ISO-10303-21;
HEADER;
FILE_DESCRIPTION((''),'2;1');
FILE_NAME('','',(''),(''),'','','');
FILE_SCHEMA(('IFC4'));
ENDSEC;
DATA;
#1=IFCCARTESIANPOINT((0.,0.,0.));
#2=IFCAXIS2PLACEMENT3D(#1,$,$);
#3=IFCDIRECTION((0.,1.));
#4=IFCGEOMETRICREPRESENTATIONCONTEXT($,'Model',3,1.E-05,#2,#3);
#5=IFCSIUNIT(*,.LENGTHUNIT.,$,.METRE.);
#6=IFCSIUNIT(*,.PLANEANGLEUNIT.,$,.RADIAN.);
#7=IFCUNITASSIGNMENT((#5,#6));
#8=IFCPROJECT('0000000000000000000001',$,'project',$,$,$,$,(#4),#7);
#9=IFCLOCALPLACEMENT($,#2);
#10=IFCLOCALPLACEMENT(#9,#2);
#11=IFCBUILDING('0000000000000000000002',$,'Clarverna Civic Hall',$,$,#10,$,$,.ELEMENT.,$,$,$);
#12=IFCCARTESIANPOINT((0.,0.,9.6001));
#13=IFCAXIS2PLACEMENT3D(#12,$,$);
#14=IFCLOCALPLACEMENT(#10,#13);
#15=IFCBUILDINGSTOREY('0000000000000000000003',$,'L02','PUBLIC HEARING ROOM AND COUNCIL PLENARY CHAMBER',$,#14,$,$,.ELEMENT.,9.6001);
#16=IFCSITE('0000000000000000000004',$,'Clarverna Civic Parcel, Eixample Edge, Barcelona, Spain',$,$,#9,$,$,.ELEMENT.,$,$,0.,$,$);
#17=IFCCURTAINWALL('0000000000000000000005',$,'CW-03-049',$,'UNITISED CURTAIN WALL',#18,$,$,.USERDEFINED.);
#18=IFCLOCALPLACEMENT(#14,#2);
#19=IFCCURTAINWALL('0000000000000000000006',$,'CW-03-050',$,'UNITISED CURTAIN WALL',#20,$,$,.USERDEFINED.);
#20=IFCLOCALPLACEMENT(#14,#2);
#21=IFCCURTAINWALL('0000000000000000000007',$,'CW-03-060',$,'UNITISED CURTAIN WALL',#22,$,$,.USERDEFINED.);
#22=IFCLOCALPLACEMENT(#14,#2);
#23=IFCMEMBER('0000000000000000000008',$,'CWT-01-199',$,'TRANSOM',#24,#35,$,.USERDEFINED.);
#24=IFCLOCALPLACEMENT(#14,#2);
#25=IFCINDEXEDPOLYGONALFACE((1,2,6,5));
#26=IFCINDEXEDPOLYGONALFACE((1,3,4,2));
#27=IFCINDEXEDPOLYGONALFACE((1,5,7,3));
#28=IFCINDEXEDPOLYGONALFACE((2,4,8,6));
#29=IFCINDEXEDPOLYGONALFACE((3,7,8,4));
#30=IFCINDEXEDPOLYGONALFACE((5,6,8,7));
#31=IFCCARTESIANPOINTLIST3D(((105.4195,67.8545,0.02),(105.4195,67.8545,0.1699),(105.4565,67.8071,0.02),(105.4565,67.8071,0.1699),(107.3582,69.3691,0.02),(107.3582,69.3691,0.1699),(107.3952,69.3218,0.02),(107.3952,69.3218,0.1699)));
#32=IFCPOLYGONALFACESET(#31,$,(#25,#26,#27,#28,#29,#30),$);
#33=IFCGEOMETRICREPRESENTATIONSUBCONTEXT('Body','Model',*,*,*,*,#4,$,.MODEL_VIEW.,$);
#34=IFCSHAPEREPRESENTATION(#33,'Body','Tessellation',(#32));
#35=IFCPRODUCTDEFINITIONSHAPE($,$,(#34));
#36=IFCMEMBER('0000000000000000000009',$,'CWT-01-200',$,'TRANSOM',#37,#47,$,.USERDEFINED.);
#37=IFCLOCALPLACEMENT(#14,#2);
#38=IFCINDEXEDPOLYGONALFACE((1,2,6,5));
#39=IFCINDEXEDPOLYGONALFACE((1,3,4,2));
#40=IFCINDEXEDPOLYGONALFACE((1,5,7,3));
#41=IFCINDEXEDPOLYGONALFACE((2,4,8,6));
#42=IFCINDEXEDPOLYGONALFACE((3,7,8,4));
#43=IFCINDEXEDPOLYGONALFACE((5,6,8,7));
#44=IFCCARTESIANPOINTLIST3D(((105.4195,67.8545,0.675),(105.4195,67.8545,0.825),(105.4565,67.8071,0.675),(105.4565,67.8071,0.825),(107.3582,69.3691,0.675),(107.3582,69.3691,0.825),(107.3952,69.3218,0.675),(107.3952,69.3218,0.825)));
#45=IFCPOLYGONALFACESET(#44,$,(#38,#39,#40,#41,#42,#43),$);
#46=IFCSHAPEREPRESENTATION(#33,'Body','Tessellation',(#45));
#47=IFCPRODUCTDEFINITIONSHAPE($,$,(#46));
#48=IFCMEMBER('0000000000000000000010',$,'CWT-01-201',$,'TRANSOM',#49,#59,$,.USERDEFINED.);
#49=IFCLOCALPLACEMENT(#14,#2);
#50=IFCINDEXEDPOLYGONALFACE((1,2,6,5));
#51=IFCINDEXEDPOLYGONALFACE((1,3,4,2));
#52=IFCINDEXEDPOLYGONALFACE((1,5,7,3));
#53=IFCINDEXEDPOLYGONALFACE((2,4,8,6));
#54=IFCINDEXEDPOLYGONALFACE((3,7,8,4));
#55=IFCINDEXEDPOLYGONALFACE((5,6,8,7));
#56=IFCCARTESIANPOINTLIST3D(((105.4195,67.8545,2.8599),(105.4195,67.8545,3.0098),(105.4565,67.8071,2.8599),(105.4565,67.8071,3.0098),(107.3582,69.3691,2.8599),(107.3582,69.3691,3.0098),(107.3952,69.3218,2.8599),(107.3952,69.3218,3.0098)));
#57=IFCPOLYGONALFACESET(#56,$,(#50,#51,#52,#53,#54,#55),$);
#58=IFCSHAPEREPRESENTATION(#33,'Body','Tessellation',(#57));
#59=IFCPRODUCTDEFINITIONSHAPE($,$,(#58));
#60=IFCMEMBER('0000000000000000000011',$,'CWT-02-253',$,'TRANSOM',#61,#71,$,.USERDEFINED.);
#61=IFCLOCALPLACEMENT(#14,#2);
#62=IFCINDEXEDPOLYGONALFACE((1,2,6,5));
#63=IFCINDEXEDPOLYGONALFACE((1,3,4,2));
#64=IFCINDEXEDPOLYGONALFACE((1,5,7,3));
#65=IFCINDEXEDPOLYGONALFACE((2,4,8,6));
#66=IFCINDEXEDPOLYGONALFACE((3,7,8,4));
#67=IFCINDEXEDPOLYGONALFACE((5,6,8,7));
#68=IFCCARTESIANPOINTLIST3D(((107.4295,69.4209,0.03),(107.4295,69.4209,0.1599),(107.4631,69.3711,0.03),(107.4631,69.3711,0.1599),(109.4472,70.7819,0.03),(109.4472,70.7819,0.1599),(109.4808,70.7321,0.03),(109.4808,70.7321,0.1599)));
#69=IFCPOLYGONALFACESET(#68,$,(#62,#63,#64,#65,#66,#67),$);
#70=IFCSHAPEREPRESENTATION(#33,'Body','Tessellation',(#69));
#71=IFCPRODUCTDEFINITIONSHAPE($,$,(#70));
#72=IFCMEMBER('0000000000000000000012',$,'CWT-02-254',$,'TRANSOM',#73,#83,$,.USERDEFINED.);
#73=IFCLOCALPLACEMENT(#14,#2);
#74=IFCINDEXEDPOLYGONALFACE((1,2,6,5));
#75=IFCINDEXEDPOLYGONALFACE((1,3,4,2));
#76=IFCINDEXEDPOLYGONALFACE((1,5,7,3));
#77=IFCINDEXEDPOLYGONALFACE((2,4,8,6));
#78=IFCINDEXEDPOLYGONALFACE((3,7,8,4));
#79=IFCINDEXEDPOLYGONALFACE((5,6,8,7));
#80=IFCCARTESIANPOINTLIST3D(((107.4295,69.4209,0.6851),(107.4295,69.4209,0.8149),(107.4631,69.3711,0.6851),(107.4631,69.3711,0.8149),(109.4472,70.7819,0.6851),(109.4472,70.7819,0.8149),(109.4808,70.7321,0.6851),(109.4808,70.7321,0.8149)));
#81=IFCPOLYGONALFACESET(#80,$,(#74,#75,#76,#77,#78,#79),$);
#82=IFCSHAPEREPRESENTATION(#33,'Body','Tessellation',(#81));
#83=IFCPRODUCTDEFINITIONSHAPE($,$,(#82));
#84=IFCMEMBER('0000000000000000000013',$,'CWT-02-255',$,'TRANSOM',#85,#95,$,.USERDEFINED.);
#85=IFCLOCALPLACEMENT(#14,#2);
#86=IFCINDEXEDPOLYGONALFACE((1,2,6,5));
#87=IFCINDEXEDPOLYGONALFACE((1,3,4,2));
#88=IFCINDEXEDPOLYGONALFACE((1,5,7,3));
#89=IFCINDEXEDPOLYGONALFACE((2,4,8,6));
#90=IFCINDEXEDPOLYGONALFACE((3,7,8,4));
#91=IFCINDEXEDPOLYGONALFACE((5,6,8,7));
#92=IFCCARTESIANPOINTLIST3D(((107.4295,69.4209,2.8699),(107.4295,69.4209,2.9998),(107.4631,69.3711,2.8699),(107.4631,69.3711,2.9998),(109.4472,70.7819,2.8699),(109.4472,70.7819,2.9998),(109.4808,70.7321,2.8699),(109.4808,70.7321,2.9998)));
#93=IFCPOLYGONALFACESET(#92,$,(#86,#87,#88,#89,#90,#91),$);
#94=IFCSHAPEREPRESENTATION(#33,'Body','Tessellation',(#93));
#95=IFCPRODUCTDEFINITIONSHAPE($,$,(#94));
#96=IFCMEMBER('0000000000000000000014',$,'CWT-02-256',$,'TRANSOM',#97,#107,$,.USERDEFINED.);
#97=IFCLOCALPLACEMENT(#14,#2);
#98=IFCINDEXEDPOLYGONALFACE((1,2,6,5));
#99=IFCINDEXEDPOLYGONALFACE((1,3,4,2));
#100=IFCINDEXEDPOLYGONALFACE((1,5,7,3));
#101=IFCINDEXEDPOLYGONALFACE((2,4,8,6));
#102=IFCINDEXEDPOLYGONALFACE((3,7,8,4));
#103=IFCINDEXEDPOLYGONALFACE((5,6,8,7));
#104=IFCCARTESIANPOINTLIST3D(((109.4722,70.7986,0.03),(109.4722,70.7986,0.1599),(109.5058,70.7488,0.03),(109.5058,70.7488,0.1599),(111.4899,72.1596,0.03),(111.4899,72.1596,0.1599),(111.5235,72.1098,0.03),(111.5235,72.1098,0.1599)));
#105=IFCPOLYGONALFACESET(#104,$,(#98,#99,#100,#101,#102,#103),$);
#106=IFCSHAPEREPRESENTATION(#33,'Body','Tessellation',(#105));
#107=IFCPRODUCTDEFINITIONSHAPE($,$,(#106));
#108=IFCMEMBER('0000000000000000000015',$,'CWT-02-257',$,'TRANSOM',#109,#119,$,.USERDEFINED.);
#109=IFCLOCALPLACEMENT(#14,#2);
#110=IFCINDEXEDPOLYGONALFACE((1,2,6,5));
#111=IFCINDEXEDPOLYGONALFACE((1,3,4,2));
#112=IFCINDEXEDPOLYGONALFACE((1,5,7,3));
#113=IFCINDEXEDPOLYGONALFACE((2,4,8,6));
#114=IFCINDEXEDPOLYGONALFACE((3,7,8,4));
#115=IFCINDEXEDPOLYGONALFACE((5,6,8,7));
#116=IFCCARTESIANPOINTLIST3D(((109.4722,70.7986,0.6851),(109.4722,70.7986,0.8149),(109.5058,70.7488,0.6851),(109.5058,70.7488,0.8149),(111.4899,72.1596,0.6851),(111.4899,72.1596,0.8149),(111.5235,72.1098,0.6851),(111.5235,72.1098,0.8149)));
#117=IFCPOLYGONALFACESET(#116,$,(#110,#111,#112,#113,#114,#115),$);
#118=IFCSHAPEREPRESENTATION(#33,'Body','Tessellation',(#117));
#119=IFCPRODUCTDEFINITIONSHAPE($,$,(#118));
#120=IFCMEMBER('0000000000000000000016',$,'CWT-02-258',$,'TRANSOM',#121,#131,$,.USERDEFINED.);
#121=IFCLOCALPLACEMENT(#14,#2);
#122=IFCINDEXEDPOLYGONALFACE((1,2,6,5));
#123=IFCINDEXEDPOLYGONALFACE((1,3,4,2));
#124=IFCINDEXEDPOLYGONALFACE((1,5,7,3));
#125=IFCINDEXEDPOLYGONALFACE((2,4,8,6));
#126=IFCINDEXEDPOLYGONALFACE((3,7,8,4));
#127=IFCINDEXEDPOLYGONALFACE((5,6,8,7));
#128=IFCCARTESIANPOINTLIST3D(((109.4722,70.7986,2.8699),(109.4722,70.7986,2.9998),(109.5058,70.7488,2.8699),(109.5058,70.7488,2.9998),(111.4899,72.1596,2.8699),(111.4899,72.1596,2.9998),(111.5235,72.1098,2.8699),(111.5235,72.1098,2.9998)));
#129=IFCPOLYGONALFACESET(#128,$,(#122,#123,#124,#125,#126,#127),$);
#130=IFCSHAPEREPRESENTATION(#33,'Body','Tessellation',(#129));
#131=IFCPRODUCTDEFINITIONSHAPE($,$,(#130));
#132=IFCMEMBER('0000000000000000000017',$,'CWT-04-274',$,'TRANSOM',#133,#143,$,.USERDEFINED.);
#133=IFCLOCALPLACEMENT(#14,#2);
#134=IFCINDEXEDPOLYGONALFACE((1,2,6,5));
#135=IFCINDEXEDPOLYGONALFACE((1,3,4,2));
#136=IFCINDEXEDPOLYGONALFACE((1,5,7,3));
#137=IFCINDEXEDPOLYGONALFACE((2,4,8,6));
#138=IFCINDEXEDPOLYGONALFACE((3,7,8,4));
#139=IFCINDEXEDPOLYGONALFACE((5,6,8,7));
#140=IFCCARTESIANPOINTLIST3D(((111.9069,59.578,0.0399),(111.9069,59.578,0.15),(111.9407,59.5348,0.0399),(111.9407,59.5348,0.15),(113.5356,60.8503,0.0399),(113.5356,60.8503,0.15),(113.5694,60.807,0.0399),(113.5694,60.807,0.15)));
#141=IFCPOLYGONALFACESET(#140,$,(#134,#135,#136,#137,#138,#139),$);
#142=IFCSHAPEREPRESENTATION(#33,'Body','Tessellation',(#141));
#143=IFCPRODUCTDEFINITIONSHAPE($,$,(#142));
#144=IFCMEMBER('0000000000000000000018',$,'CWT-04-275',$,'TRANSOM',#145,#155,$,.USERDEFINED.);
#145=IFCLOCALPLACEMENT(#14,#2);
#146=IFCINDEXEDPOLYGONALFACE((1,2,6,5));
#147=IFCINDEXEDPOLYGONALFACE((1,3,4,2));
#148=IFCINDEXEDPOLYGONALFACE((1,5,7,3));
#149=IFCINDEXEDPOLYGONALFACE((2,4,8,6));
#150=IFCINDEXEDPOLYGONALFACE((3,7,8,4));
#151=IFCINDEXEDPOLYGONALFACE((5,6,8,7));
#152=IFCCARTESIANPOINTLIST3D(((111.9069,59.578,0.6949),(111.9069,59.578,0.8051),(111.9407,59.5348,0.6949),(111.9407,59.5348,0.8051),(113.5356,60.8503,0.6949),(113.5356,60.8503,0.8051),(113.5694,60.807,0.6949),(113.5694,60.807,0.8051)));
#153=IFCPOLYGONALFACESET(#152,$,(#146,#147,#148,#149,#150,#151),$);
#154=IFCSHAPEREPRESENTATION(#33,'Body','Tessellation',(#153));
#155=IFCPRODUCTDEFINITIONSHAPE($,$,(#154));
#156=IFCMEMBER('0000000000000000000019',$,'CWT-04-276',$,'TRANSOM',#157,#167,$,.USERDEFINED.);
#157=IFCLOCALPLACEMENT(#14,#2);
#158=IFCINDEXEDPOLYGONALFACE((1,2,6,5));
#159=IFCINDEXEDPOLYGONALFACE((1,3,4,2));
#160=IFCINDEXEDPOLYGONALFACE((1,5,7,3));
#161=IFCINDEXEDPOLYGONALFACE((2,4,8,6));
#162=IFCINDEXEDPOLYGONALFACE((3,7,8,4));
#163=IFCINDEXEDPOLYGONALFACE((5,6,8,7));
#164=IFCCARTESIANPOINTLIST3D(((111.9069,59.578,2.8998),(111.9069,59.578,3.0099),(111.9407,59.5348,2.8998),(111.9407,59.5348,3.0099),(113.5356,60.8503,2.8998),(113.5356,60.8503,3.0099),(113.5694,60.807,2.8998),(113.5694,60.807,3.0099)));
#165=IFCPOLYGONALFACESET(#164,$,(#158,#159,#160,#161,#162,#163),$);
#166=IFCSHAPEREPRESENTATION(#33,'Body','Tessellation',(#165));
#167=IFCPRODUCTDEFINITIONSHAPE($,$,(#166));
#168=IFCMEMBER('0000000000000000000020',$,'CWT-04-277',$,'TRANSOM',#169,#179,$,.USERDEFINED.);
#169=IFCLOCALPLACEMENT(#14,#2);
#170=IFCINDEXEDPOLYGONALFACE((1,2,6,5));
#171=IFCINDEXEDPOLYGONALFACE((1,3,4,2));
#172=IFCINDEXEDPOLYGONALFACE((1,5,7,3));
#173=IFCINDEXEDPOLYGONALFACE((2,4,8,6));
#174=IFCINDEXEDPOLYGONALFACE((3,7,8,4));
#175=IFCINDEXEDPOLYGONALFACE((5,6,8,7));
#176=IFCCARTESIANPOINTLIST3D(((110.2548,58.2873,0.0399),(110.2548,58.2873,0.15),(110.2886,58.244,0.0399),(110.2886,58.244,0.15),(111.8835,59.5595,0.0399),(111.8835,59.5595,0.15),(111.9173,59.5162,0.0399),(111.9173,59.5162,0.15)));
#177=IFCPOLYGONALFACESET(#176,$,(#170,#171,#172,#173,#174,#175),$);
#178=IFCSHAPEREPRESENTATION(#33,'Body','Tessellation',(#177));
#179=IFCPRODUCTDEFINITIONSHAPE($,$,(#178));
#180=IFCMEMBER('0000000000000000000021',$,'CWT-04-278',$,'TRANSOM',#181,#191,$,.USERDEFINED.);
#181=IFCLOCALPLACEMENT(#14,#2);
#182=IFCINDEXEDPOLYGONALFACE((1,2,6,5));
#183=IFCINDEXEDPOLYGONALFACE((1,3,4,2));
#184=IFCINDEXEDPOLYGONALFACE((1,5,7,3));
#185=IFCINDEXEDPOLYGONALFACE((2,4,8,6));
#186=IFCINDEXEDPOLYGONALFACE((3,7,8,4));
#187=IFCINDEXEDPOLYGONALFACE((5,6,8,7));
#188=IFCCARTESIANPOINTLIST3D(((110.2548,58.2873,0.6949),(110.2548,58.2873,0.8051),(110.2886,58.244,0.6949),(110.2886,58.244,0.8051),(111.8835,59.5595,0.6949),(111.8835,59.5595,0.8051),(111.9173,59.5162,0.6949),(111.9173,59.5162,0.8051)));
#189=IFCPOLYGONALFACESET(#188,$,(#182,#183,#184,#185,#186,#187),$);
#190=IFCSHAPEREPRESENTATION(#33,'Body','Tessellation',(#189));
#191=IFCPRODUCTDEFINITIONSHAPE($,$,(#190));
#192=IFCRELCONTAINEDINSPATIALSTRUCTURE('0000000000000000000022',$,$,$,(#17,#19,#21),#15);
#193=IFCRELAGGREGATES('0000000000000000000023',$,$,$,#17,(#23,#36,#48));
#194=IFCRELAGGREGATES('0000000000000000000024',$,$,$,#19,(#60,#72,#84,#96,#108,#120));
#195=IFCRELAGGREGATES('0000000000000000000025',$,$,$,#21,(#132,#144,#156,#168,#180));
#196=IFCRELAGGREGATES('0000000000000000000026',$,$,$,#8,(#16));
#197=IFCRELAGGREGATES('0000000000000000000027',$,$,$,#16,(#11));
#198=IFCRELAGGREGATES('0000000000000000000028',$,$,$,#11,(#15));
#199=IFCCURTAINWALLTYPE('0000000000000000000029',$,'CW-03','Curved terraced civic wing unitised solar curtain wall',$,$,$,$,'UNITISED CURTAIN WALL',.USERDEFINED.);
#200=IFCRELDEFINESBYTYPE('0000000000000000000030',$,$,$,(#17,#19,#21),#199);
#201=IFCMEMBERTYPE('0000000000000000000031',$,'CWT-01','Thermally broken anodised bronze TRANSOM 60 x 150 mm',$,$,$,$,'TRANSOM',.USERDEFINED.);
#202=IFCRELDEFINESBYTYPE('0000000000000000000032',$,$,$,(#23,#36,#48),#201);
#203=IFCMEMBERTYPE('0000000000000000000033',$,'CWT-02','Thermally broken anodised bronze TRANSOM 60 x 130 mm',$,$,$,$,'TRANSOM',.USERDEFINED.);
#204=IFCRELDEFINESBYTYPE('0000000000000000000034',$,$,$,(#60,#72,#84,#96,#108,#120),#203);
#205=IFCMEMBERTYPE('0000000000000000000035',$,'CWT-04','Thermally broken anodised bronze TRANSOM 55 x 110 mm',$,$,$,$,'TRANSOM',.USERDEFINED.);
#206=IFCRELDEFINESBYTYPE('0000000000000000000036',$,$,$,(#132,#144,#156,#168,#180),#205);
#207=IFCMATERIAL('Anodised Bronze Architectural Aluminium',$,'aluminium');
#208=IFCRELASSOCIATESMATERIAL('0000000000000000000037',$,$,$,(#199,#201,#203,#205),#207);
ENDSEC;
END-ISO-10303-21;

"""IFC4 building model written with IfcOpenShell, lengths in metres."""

from ifc_helpers import new_model, si_unit, direction, frame, origin, origin_2d, place, context, subcontext, project, spatial, rectangle, extrude, material, material_profile, profile_set, type_object, element, aggregate, save


model = new_model("IFC4")

# Units and contexts
model_context = context("Model", 3, precision=1e-05, world=origin(), true_north=direction((0.0, 1.0)))
body_context = subcontext(model_context, "Body", "Model", "MODEL_VIEW")
ifc_project = project(units=[si_unit("LENGTHUNIT", "METRE"), si_unit("PLANEANGLEUNIT", "RADIAN")], contexts=[model_context])

# Site, building, storey
site_placement = place(None, origin())
site = spatial("IfcSite", under=ifc_project, at=site_placement, Name="Clarverna Civic Parcel, Eixample Edge, Barcelona, Spain", CompositionType="ELEMENT", RefElevation=0.0)
building_placement = place(site_placement, origin())
building = spatial("IfcBuilding", under=site, at=building_placement, Name="Clarverna Civic Hall", CompositionType="ELEMENT")
storey_placement = place(building_placement, frame((0.0, 0.0, 9.6001)))
storey = spatial("IfcBuildingStorey", under=building, at=storey_placement, Name="L02", Description="PUBLIC HEARING ROOM AND COUNCIL PLENARY CHAMBER", CompositionType="ELEMENT", Elevation=9.6001)

# Curtain walls
ifc_material_1 = material(Name="Anodised Bronze Architectural Aluminium", Category="aluminium")
curtain_wall_type = type_object("IfcCurtainWallType", Name="CW-03", Description="Curved terraced civic wing unitised solar curtain wall", ElementType="UNITISED CURTAIN WALL", PredefinedType="USERDEFINED", material=ifc_material_1)
curtain_wall_1_placement = place(storey_placement, origin())
curtain_wall_1 = element("IfcCurtainWall", 1, at=curtain_wall_1_placement, inside=storey, type_object=curtain_wall_type, Name="CW-03-049", ObjectType="UNITISED CURTAIN WALL", PredefinedType="USERDEFINED")
curtain_wall_2_placement = place(storey_placement, origin())
curtain_wall_2 = element("IfcCurtainWall", 2, at=curtain_wall_2_placement, inside=storey, type_object=curtain_wall_type, Name="CW-03-050", ObjectType="UNITISED CURTAIN WALL", PredefinedType="USERDEFINED")

# Curtain wall
curtain_wall_3_placement = place(storey_placement, origin())
curtain_wall_3 = element("IfcCurtainWall", 3, at=curtain_wall_3_placement, inside=storey, type_object=curtain_wall_type, Name="CW-03-060", ObjectType="UNITISED CURTAIN WALL", PredefinedType="USERDEFINED")

# Members
ifc_material_profile_1 = material_profile(ifc_material_1, rectangle(XDim=0.0601, YDim=0.1499, at=origin_2d()), Name="BRONZE 60x150")
ifc_profile_set_1 = profile_set([ifc_material_profile_1], Name="Anodised Bronze Architectural Aluminium")
member_type_1 = type_object("IfcMemberType", Name="CWT-01", Description="Thermally broken anodised bronze TRANSOM 60 x 150 mm", ElementType="TRANSOM", PredefinedType="USERDEFINED", material=ifc_profile_set_1)
member_1_placement = place(storey_placement, frame((105.438, 67.8308, 0.095), z_axis=(0.78802, 0.61565, 0.0), x_axis=(-0.61565, 0.78802, 0.0)))
member_1 = element("IfcMember", 4, at=member_1_placement, type_object=member_type_1, Name="CWT-01-199", ObjectType="TRANSOM", PredefinedType="USERDEFINED", context=body_context, shape_type="SweptSolid", body=[
    extrude(rectangle(XDim=0.0601, YDim=0.1499, at=origin_2d()), origin(), (0.0, 0.0, 1.0), 2.4602),
])
member_2_placement = place(storey_placement, frame((105.438, 67.8308, 0.75), z_axis=(0.78802, 0.61565, 0.0), x_axis=(-0.61565, 0.78802, 0.0)))
member_2 = element("IfcMember", 5, at=member_2_placement, type_object=member_type_1, Name="CWT-01-200", ObjectType="TRANSOM", PredefinedType="USERDEFINED", context=body_context, shape_type="SweptSolid", body=[
    extrude(rectangle(XDim=0.0601, YDim=0.1499, at=origin_2d()), origin(), (0.0, 0.0, 1.0), 2.4602),
])
member_3_placement = place(storey_placement, frame((105.438, 67.8308, 2.9348), z_axis=(0.78802, 0.61565, 0.0), x_axis=(-0.61565, 0.78802, 0.0)))
member_3 = element("IfcMember", 6, at=member_3_placement, type_object=member_type_1, Name="CWT-01-201", ObjectType="TRANSOM", PredefinedType="USERDEFINED", context=body_context, shape_type="SweptSolid", body=[
    extrude(rectangle(XDim=0.0601, YDim=0.1499, at=origin_2d()), origin(), (0.0, 0.0, 1.0), 2.4602),
])
ifc_material_profile_2 = material_profile(ifc_material_1, rectangle(XDim=0.0601, YDim=0.1299, at=origin_2d()), Name="BRONZE 60x130")
ifc_profile_set_2 = profile_set([ifc_material_profile_2], Name="Anodised Bronze Architectural Aluminium")
member_type_2 = type_object("IfcMemberType", Name="CWT-02", Description="Thermally broken anodised bronze TRANSOM 60 x 130 mm", ElementType="TRANSOM", PredefinedType="USERDEFINED", material=ifc_profile_set_2)
member_4_placement = place(storey_placement, frame((107.4463, 69.396, 0.095), z_axis=(0.829029, 0.559206, 0.0), x_axis=(-0.559206, 0.829029, 0.0)))
member_4 = element("IfcMember", 7, at=member_4_placement, type_object=member_type_2, Name="CWT-02-253", ObjectType="TRANSOM", PredefinedType="USERDEFINED", context=body_context, shape_type="SweptSolid", body=[
    extrude(rectangle(XDim=0.0601, YDim=0.1299, at=origin_2d()), origin(), (0.0, 0.0, 1.0), 2.4338),
])
member_5_placement = place(storey_placement, frame((107.4463, 69.396, 0.75), z_axis=(0.829029, 0.559206, 0.0), x_axis=(-0.559206, 0.829029, 0.0)))
member_5 = element("IfcMember", 8, at=member_5_placement, type_object=member_type_2, Name="CWT-02-254", ObjectType="TRANSOM", PredefinedType="USERDEFINED", context=body_context, shape_type="SweptSolid", body=[
    extrude(rectangle(XDim=0.0601, YDim=0.1299, at=origin_2d()), origin(), (0.0, 0.0, 1.0), 2.4338),
])
member_6_placement = place(storey_placement, frame((107.4463, 69.396, 2.9348), z_axis=(0.829029, 0.559206, 0.0), x_axis=(-0.559206, 0.829029, 0.0)))
member_6 = element("IfcMember", 9, at=member_6_placement, type_object=member_type_2, Name="CWT-02-255", ObjectType="TRANSOM", PredefinedType="USERDEFINED", context=body_context, shape_type="SweptSolid", body=[
    extrude(rectangle(XDim=0.0601, YDim=0.1299, at=origin_2d()), origin(), (0.0, 0.0, 1.0), 2.4338),
])
member_7_placement = place(storey_placement, frame((109.489, 70.7737, 0.095), z_axis=(0.829029, 0.559206, 0.0), x_axis=(-0.559206, 0.829029, 0.0)))
member_7 = element("IfcMember", 10, at=member_7_placement, type_object=member_type_2, Name="CWT-02-256", ObjectType="TRANSOM", PredefinedType="USERDEFINED", context=body_context, shape_type="SweptSolid", body=[
    extrude(rectangle(XDim=0.0601, YDim=0.1299, at=origin_2d()), origin(), (0.0, 0.0, 1.0), 2.4338),
])
member_8_placement = place(storey_placement, frame((109.489, 70.7737, 0.75), z_axis=(0.829029, 0.559206, 0.0), x_axis=(-0.559206, 0.829029, 0.0)))
member_8 = element("IfcMember", 11, at=member_8_placement, type_object=member_type_2, Name="CWT-02-257", ObjectType="TRANSOM", PredefinedType="USERDEFINED", context=body_context, shape_type="SweptSolid", body=[
    extrude(rectangle(XDim=0.0601, YDim=0.1299, at=origin_2d()), origin(), (0.0, 0.0, 1.0), 2.4338),
])
member_9_placement = place(storey_placement, frame((109.489, 70.7737, 2.9348), z_axis=(0.829029, 0.559206, 0.0), x_axis=(-0.559206, 0.829029, 0.0)))
member_9 = element("IfcMember", 12, at=member_9_placement, type_object=member_type_2, Name="CWT-02-258", ObjectType="TRANSOM", PredefinedType="USERDEFINED", context=body_context, shape_type="SweptSolid", body=[
    extrude(rectangle(XDim=0.0601, YDim=0.1299, at=origin_2d()), origin(), (0.0, 0.0, 1.0), 2.4338),
])
ifc_material_profile_3 = material_profile(ifc_material_1, rectangle(XDim=0.0549, YDim=0.1101, at=origin_2d()), Name="BRONZE 55x110")
ifc_profile_set_3 = profile_set([ifc_material_profile_3], Name="Anodised Bronze Architectural Aluminium")
member_type_3 = type_object("IfcMemberType", Name="CWT-04", Description="Thermally broken anodised bronze TRANSOM 55 x 110 mm", ElementType="TRANSOM", PredefinedType="USERDEFINED", material=ifc_profile_set_3)
member_10_placement = place(storey_placement, frame((113.5525, 60.8286, 0.095), z_axis=(-0.788066, -0.615591, 0.0), x_axis=(0.615591, -0.788066, 0.0)))
member_10 = element("IfcMember", 13, at=member_10_placement, type_object=member_type_3, Name="CWT-04-274", ObjectType="TRANSOM", PredefinedType="USERDEFINED", context=body_context, shape_type="SweptSolid", body=[
    extrude(rectangle(XDim=0.0549, YDim=0.1101, at=origin_2d()), origin(), (0.0, 0.0, 1.0), 2.0667),
])
member_11_placement = place(storey_placement, frame((113.5525, 60.8286, 0.75), z_axis=(-0.788066, -0.615591, 0.0), x_axis=(0.615591, -0.788066, 0.0)))
member_11 = element("IfcMember", 14, at=member_11_placement, type_object=member_type_3, Name="CWT-04-275", ObjectType="TRANSOM", PredefinedType="USERDEFINED", context=body_context, shape_type="SweptSolid", body=[
    extrude(rectangle(XDim=0.0549, YDim=0.1101, at=origin_2d()), origin(), (0.0, 0.0, 1.0), 2.0667),
])
member_12_placement = place(storey_placement, frame((113.5525, 60.8286, 2.9548), z_axis=(-0.788066, -0.615591, 0.0), x_axis=(0.615591, -0.788066, 0.0)))
member_12 = element("IfcMember", 15, at=member_12_placement, type_object=member_type_3, Name="CWT-04-276", ObjectType="TRANSOM", PredefinedType="USERDEFINED", context=body_context, shape_type="SweptSolid", body=[
    extrude(rectangle(XDim=0.0549, YDim=0.1101, at=origin_2d()), origin(), (0.0, 0.0, 1.0), 2.0667),
])
member_13_placement = place(storey_placement, frame((111.9004, 59.5378, 0.095), z_axis=(-0.788066, -0.615591, 0.0), x_axis=(0.615591, -0.788066, 0.0)))
member_13 = element("IfcMember", 16, at=member_13_placement, type_object=member_type_3, Name="CWT-04-277", ObjectType="TRANSOM", PredefinedType="USERDEFINED", context=body_context, shape_type="SweptSolid", body=[
    extrude(rectangle(XDim=0.0549, YDim=0.1101, at=origin_2d()), origin(), (0.0, 0.0, 1.0), 2.0667),
])
member_14_placement = place(storey_placement, frame((111.9004, 59.5378, 0.75), z_axis=(-0.788066, -0.615591, 0.0), x_axis=(0.615591, -0.788066, 0.0)))
member_14 = element("IfcMember", 17, at=member_14_placement, type_object=member_type_3, Name="CWT-04-278", ObjectType="TRANSOM", PredefinedType="USERDEFINED", context=body_context, shape_type="SweptSolid", body=[
    extrude(rectangle(XDim=0.0549, YDim=0.1101, at=origin_2d()), origin(), (0.0, 0.0, 1.0), 2.0667),
])

aggregate(curtain_wall_1, [member_1, member_2, member_3])
aggregate(curtain_wall_2, [member_4, member_5, member_6, member_7, member_8, member_9])
aggregate(curtain_wall_3, [member_10, member_11, member_12, member_13, member_14])

save(model, "model.ifc")
